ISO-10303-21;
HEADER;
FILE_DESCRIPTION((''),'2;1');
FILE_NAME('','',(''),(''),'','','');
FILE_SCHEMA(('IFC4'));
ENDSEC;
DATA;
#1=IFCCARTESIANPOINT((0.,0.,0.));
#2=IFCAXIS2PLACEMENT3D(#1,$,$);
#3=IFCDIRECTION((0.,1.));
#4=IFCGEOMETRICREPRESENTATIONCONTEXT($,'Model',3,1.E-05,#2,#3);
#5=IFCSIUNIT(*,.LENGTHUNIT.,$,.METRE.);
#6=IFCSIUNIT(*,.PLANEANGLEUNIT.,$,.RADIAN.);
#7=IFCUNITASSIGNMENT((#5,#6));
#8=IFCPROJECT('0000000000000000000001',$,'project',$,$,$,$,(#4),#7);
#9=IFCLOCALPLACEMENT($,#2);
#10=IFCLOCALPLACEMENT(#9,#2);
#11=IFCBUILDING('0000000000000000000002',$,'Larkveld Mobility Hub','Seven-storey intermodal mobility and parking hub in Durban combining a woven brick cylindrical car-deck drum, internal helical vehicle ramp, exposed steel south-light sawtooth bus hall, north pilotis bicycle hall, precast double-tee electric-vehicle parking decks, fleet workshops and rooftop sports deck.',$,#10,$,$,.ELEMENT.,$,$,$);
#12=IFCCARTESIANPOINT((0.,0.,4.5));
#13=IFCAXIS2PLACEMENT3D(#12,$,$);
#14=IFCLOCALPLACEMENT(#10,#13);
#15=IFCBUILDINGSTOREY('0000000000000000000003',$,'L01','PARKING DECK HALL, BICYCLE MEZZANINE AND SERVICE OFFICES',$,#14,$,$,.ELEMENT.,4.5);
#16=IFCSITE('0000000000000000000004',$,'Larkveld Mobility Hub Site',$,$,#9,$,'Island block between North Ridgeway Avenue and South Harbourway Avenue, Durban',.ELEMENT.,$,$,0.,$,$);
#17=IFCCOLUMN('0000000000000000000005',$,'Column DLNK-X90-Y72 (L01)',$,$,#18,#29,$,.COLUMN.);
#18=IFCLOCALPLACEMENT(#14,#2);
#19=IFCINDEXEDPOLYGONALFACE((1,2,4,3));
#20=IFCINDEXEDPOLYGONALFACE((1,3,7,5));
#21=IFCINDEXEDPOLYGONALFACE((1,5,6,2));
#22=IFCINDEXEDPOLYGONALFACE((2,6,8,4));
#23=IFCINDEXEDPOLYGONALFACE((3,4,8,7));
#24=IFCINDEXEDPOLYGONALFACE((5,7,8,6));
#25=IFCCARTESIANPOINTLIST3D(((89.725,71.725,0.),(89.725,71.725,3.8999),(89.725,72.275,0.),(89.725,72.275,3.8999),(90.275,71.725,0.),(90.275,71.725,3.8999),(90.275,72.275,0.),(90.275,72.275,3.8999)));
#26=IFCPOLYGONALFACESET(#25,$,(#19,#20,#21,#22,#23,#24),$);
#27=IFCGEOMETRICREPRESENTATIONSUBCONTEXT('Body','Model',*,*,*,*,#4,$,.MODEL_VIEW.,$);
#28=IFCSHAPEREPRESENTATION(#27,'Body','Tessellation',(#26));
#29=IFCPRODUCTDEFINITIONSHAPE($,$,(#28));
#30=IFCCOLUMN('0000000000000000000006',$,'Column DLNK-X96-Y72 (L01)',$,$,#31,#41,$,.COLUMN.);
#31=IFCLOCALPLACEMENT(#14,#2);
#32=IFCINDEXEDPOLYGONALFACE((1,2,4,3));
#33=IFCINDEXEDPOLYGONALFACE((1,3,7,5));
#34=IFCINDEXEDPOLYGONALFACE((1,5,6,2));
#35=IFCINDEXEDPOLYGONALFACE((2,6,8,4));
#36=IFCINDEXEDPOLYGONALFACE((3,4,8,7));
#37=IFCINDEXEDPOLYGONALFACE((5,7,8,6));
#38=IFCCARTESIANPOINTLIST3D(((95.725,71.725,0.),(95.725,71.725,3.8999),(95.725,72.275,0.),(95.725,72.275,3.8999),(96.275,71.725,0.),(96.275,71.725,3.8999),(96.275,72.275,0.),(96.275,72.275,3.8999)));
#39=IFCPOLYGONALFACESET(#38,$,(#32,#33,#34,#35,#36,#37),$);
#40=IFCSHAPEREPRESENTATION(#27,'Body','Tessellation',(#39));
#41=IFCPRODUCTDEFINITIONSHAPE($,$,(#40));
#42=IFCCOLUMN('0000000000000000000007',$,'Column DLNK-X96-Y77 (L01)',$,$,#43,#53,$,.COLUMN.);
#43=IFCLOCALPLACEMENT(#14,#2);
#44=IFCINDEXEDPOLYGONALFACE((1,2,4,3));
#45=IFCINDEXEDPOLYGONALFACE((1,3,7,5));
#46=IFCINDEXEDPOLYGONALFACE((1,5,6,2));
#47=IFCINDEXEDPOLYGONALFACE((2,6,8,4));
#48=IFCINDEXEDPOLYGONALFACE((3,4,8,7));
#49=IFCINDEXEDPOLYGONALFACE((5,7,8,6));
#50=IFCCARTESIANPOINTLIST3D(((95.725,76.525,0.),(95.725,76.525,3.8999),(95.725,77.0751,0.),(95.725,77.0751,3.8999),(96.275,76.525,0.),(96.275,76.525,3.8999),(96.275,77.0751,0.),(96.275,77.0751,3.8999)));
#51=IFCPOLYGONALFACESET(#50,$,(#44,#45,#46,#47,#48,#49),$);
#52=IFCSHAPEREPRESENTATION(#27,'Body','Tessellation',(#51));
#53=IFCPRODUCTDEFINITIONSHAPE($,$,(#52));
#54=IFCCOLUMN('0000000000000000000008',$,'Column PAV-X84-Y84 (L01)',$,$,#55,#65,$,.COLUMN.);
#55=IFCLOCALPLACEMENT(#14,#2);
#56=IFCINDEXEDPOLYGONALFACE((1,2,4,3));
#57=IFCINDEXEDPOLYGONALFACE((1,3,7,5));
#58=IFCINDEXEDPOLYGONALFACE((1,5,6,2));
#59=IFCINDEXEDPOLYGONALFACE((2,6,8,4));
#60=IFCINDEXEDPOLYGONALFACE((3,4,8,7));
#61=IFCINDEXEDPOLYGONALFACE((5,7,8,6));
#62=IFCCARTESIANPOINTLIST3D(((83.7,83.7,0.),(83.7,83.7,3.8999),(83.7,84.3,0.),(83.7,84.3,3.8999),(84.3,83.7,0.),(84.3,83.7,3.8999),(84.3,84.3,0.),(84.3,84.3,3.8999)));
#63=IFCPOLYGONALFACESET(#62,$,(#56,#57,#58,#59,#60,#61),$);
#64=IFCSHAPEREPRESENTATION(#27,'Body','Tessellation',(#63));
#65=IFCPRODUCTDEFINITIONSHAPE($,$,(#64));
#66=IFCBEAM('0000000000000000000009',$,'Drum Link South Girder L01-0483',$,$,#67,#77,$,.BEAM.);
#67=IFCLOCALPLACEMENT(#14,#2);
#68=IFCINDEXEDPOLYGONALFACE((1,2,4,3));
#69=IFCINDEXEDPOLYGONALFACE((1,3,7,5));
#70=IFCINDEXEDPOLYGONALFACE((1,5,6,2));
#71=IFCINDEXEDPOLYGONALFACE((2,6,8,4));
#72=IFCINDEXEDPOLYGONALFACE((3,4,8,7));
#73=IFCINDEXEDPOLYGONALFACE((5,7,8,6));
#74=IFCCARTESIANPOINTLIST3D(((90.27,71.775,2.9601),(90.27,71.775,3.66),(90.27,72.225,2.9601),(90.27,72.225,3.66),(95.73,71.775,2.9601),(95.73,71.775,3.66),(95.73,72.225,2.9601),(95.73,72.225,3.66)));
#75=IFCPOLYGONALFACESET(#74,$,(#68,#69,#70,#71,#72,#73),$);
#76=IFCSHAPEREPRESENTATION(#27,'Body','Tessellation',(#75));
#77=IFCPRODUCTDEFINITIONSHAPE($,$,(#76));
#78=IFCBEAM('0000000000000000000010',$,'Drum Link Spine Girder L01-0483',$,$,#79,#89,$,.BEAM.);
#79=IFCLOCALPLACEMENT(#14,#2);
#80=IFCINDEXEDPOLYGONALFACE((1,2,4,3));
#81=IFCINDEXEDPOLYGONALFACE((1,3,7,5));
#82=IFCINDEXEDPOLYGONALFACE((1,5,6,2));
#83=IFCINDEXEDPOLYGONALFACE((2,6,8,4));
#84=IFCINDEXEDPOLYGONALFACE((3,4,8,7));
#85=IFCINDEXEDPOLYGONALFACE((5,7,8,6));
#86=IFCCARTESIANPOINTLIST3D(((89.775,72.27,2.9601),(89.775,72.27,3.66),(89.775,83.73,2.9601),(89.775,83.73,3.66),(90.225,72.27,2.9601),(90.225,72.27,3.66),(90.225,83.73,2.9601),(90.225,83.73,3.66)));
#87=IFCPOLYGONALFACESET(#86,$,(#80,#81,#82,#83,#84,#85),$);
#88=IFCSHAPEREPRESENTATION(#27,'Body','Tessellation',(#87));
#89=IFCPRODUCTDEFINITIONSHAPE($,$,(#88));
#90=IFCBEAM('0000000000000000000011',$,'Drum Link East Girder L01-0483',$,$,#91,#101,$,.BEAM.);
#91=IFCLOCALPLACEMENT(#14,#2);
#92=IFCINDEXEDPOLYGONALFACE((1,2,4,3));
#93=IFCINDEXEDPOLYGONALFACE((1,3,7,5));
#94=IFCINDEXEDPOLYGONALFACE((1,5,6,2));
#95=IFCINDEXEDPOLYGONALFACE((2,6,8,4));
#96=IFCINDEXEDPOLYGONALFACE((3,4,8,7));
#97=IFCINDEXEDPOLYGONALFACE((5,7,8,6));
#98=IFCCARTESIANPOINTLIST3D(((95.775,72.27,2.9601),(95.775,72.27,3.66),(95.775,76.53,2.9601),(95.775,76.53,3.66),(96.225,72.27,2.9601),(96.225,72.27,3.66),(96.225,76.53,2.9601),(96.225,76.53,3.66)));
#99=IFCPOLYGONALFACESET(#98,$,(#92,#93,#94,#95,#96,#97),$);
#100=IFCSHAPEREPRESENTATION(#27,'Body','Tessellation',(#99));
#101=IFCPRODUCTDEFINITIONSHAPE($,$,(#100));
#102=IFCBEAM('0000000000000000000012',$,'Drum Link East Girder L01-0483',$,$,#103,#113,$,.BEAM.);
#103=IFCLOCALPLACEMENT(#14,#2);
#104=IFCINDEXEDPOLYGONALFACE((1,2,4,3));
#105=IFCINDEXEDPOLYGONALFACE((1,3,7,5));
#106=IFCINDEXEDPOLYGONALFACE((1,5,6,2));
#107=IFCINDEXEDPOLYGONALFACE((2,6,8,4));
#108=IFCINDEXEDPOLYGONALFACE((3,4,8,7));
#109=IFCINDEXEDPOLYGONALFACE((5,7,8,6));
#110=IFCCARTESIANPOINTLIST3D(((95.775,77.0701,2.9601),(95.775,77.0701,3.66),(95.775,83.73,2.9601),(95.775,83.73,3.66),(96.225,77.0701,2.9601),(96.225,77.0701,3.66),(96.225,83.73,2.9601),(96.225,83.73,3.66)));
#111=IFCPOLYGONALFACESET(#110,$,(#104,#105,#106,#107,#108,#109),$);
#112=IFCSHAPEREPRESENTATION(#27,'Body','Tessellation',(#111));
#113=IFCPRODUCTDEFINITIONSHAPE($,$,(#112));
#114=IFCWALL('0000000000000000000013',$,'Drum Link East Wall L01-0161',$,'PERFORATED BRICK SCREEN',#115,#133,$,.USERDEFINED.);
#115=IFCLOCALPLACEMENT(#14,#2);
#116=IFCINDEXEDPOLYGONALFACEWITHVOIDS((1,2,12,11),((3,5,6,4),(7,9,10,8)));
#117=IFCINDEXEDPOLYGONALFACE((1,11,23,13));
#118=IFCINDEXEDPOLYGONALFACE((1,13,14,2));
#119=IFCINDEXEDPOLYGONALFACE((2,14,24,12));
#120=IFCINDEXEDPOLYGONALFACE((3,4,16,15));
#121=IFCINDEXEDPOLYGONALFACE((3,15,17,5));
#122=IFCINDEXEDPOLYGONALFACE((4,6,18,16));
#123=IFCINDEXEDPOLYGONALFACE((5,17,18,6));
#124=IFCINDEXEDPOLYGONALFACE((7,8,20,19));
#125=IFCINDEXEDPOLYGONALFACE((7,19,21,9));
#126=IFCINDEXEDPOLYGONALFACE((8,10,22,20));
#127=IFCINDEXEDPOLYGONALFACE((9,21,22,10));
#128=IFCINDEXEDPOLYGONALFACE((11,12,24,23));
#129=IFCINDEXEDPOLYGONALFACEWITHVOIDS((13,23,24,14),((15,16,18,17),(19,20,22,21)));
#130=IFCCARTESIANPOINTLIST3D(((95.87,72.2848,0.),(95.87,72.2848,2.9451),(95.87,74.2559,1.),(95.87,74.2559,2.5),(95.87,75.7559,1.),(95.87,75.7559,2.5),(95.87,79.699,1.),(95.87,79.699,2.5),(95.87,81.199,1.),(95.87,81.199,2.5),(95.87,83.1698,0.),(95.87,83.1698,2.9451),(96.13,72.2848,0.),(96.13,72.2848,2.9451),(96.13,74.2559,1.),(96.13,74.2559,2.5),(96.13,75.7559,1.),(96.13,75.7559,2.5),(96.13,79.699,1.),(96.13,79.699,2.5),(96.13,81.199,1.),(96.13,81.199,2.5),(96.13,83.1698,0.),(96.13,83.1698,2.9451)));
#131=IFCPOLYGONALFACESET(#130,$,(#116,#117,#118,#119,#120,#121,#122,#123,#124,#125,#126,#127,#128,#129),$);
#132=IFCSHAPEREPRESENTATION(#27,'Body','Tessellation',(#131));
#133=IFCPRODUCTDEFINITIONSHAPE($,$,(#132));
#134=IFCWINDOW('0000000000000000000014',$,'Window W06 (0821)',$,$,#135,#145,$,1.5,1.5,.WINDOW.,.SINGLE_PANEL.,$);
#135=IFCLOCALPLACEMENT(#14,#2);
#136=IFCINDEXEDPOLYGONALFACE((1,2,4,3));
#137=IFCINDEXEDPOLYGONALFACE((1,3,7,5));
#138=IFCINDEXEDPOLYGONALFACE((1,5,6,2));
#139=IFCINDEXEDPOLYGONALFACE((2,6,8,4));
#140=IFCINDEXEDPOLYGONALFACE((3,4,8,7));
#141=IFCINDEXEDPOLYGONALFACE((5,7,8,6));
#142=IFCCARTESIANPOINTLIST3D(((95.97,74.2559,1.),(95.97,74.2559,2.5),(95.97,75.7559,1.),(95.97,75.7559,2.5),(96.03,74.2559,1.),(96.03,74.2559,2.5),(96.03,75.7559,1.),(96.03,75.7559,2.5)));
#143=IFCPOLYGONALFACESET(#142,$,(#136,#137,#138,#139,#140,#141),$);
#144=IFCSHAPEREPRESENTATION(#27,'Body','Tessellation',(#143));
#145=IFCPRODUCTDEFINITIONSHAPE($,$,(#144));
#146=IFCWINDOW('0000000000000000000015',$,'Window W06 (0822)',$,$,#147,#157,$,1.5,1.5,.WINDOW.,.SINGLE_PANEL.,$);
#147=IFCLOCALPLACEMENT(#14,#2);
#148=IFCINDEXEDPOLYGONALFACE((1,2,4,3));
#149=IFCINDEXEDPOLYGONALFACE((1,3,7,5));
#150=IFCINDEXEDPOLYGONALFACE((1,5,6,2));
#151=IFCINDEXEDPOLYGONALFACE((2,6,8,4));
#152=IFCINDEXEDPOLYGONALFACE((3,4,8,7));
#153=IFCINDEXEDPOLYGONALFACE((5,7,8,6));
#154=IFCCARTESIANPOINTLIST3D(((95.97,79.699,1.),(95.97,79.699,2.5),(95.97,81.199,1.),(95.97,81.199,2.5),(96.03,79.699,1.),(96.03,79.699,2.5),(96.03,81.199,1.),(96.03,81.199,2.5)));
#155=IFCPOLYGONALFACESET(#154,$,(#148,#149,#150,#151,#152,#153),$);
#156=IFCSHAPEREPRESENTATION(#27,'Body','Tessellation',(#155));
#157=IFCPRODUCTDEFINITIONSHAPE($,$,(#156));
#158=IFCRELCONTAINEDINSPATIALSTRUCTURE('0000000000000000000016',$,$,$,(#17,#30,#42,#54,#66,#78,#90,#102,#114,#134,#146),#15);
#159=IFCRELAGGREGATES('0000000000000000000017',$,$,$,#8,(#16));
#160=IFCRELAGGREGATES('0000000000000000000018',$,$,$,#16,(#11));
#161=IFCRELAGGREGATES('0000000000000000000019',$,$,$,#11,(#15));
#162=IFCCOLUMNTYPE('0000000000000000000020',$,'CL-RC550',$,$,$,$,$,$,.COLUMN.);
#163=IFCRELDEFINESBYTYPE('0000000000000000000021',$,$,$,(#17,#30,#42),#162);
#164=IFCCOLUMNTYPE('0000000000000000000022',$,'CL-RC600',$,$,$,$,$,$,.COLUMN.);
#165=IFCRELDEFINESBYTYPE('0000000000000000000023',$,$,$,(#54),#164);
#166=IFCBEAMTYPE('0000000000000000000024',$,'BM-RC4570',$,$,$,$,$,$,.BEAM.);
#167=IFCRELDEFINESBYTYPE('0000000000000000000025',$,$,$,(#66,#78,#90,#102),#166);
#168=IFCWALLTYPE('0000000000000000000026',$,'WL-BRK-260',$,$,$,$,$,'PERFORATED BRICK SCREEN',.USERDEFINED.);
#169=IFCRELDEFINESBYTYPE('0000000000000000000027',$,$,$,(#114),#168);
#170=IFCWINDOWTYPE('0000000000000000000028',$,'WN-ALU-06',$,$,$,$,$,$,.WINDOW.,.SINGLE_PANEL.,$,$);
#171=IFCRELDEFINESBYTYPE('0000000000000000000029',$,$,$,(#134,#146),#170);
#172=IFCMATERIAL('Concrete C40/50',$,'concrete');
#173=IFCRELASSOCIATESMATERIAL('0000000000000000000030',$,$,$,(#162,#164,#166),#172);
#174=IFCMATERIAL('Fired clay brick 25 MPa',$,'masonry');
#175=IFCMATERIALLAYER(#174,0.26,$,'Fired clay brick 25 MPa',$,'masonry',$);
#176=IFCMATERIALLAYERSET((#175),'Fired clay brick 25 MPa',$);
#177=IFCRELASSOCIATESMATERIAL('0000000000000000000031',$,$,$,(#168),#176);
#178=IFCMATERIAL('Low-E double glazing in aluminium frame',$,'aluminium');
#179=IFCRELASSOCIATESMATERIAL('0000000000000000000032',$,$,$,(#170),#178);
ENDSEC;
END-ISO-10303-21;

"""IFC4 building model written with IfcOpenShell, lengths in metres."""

from ifc_helpers import new_model, si_unit, direction, frame, frame_2d, origin, origin_2d, place, context, subcontext, project, spatial, rectangle, extrude, material, layer, layer_set, material_profile, profile_set, type_object, element, fill, save


model = new_model("IFC4")

# Units and contexts
model_context = context("Model", 3, precision=1e-05, world=origin(), true_north=direction((0.0, 1.0)))
body_context = subcontext(model_context, "Body", "Model", "MODEL_VIEW")
ifc_project = project(units=[si_unit("LENGTHUNIT", "METRE"), si_unit("PLANEANGLEUNIT", "RADIAN")], contexts=[model_context])

# Site, building, storey
site_placement = place(None, origin())
site = spatial("IfcSite", under=ifc_project, at=site_placement, Name="Larkveld Mobility Hub Site", LongName="Island block between North Ridgeway Avenue and South Harbourway Avenue, Durban", CompositionType="ELEMENT", RefElevation=0.0)
building_placement = place(site_placement, origin())
building = spatial("IfcBuilding", under=site, at=building_placement, Name="Larkveld Mobility Hub", Description="Seven-storey intermodal mobility and parking hub in Durban combining a woven brick cylindrical car-deck drum, internal helical vehicle ramp, exposed steel south-light sawtooth bus hall, north pilotis bicycle hall, precast double-tee electric-vehicle parking decks, fleet workshops and rooftop sports deck.", CompositionType="ELEMENT")
storey_placement = place(building_placement, frame((0.0, 0.0, 4.5)))
storey = spatial("IfcBuildingStorey", under=building, at=storey_placement, Name="L01", Description="PARKING DECK HALL, BICYCLE MEZZANINE AND SERVICE OFFICES", CompositionType="ELEMENT", Elevation=4.5)

# Columns
ifc_material_1 = material(Name="Concrete C40/50", Category="concrete")
ifc_material_profile_1 = material_profile(ifc_material_1, rectangle(XDim=0.55, YDim=0.55, at=origin_2d()), Name="RC COL 550x550")
ifc_profile_set_1 = profile_set([ifc_material_profile_1], Name="Concrete C40/50")
column_type_1 = type_object("IfcColumnType", Name="CL-RC550", PredefinedType="COLUMN", material=ifc_profile_set_1)
for number, where, z_axis, x_axis, name in (
    (1, (90.0, 72.0, 0.0), (0.0, 0.0, 1.0), (1.0, 0.0, 0.0), "Column DLNK-X90-Y72 (L01)"),
    (2, (96.0, 72.0, 0.0), (0.0, 0.0, 1.0), (1.0, 0.0, 0.0), "Column DLNK-X96-Y72 (L01)"),
    (3, (96.0, 76.8, 0.0), (0.0, 0.0, 1.0), (1.0, 0.0, 0.0), "Column DLNK-X96-Y77 (L01)"),
):
    element("IfcColumn", number, at=place(storey_placement, frame(where, z_axis=z_axis, x_axis=x_axis)), inside=storey, type_object=column_type_1, Name=name, PredefinedType="COLUMN", context=body_context, shape_type="SweptSolid", body=[
        extrude(rectangle(XDim=0.55, YDim=0.55, at=origin_2d()), origin(), (0.0, 0.0, 1.0), 3.8999),
    ])
ifc_material_profile_2 = material_profile(ifc_material_1, rectangle(XDim=0.6001, YDim=0.6001, at=origin_2d()), Name="RC COL 600x600")
ifc_profile_set_2 = profile_set([ifc_material_profile_2], Name="Concrete C40/50")
column_type_2 = type_object("IfcColumnType", Name="CL-RC600", PredefinedType="COLUMN", material=ifc_profile_set_2)
column_placement = place(storey_placement, frame((84.0, 84.0, 0.0), z_axis=(0.0, 0.0, 1.0), x_axis=(1.0, 0.0, 0.0)))
element("IfcColumn", 4, at=column_placement, inside=storey, type_object=column_type_2, Name="Column PAV-X84-Y84 (L01)", PredefinedType="COLUMN", context=body_context, shape_type="SweptSolid", body=[
    extrude(rectangle(XDim=0.6001, YDim=0.6001, at=origin_2d()), origin(), (0.0, 0.0, 1.0), 3.8999),
])

# Beams
ifc_material_profile_3 = material_profile(ifc_material_1, rectangle(XDim=0.45, YDim=0.7, at=origin_2d()), Name="RC BM 450x700")
ifc_profile_set_3 = profile_set([ifc_material_profile_3], Name="Concrete C40/50")
beam_type = type_object("IfcBeamType", Name="BM-RC4570", PredefinedType="BEAM", material=ifc_profile_set_3)
beam_1_placement = place(storey_placement, frame((90.27, 72.0, 3.3101), z_axis=(1.0, 0.0, 0.0), x_axis=(0.0, 1.0, 0.0)))
element("IfcBeam", 5, at=beam_1_placement, inside=storey, type_object=beam_type, Name="Drum Link South Girder L01-0483", PredefinedType="BEAM", context=body_context, shape_type="SweptSolid", body=[
    extrude(rectangle(XDim=0.45, YDim=0.7, at=origin_2d()), origin(), (0.0, 0.0, 1.0), 5.46),
])
beam_2_placement = place(storey_placement, frame((90.0, 72.27, 3.3101), z_axis=(0.0, 1.0, 0.0), x_axis=(-1.0, 0.0, 0.0)))
element("IfcBeam", 6, at=beam_2_placement, inside=storey, type_object=beam_type, Name="Drum Link Spine Girder L01-0483", PredefinedType="BEAM", context=body_context, shape_type="SweptSolid", body=[
    extrude(rectangle(XDim=0.45, YDim=0.7, at=origin_2d()), origin(), (0.0, 0.0, 1.0), 11.46),
])
beam_3_placement = place(storey_placement, frame((96.0, 72.27, 3.3101), z_axis=(0.0, 1.0, 0.0), x_axis=(-1.0, 0.0, 0.0)))
element("IfcBeam", 7, at=beam_3_placement, inside=storey, type_object=beam_type, Name="Drum Link East Girder L01-0483", PredefinedType="BEAM", context=body_context, shape_type="SweptSolid", body=[
    extrude(rectangle(XDim=0.45, YDim=0.7, at=origin_2d()), origin(), (0.0, 0.0, 1.0), 4.26),
])
beam_4_placement = place(storey_placement, frame((96.0, 77.0701, 3.3101), z_axis=(0.0, 1.0, 0.0), x_axis=(-1.0, 0.0, 0.0)))
element("IfcBeam", 8, at=beam_4_placement, inside=storey, type_object=beam_type, Name="Drum Link East Girder L01-0483", PredefinedType="BEAM", context=body_context, shape_type="SweptSolid", body=[
    extrude(rectangle(XDim=0.45, YDim=0.7, at=origin_2d()), origin(), (0.0, 0.0, 1.0), 6.6599),
])

# Wall, openings, windows
ifc_material_2 = material(Name="Fired clay brick 25 MPa", Category="masonry")
ifc_layer = layer(ifc_material_2, 0.26, Name="Fired clay brick 25 MPa", Category="masonry")
ifc_layer_set = layer_set([ifc_layer], Name="Fired clay brick 25 MPa")
wall_type = type_object("IfcWallType", Name="WL-BRK-260", ElementType="PERFORATED BRICK SCREEN", PredefinedType="USERDEFINED", material=ifc_layer_set)
wall_placement = place(storey_placement, frame((96.0, 72.2849, 0.0), z_axis=(0.0, 0.0, 1.0), x_axis=(0.0, 1.0, 0.0)))
wall = element("IfcWall", 9, at=wall_placement, inside=storey, type_object=wall_type, Name="Drum Link East Wall L01-0161", ObjectType="PERFORATED BRICK SCREEN", PredefinedType="USERDEFINED", context=body_context, shape_type="SweptSolid", body=[
    extrude(rectangle(XDim=10.885, YDim=0.26, at=frame_2d((5.4424, 0.0))), origin(), (0.0, 0.0, 1.0), 2.9451),
])
opening_1_placement = place(wall_placement, frame((1.9709, 0.0, 1.0)))
opening_1 = element("IfcOpeningElement", 10, at=opening_1_placement, cuts=wall, PredefinedType="OPENING", context=body_context, shape_type="SweptSolid", body=[
    extrude(rectangle(XDim=1.5, YDim=1.5, at=frame_2d((0.75, 0.75))), frame((0.0, 0.1401, 0.0), z_axis=(0.0, -1.0, 0.0), x_axis=(1.0, 0.0, 0.0)), (0.0, 0.0, 1.0), 0.28),
])
opening_2_placement = place(wall_placement, frame((7.4141, 0.0, 1.0)))
opening_2 = element("IfcOpeningElement", 11, at=opening_2_placement, cuts=wall, PredefinedType="OPENING", context=body_context, shape_type="SweptSolid", body=[
    extrude(rectangle(XDim=1.5, YDim=1.5, at=frame_2d((0.75, 0.75))), frame((0.0, 0.1401, 0.0), z_axis=(0.0, -1.0, 0.0), x_axis=(1.0, 0.0, 0.0)), (0.0, 0.0, 1.0), 0.28),
])
ifc_material_3 = material(Name="Low-E double glazing in aluminium frame", Category="aluminium")
window_type = type_object("IfcWindowType", Name="WN-ALU-06", PartitioningType="SINGLE_PANEL", PredefinedType="WINDOW", material=ifc_material_3)
window_1_placement = place(opening_1_placement, origin())
window_1 = element("IfcWindow", 12, at=window_1_placement, inside=storey, type_object=window_type, Name="Window W06 (0821)", OverallHeight=1.5, OverallWidth=1.5, PartitioningType="SINGLE_PANEL", PredefinedType="WINDOW", context=body_context, shape_type="SweptSolid", body=[
    extrude(rectangle(XDim=1.5, YDim=1.5, at=frame_2d((0.75, 0.75))), frame((0.0, 0.03, 0.0), z_axis=(0.0, -1.0, 0.0), x_axis=(1.0, 0.0, 0.0)), (0.0, 0.0, 1.0), 0.0601),
])
fill(opening_1, window_1)
window_2_placement = place(opening_2_placement, origin())
window_2 = element("IfcWindow", 13, at=window_2_placement, inside=storey, type_object=window_type, Name="Window W06 (0822)", OverallHeight=1.5, OverallWidth=1.5, PartitioningType="SINGLE_PANEL", PredefinedType="WINDOW", context=body_context, shape_type="SweptSolid", body=[
    extrude(rectangle(XDim=1.5, YDim=1.5, at=frame_2d((0.75, 0.75))), frame((0.0, 0.03, 0.0), z_axis=(0.0, -1.0, 0.0), x_axis=(1.0, 0.0, 0.0)), (0.0, 0.0, 1.0), 0.0601),
])
fill(opening_2, window_2)

save(model, "model.ifc")
